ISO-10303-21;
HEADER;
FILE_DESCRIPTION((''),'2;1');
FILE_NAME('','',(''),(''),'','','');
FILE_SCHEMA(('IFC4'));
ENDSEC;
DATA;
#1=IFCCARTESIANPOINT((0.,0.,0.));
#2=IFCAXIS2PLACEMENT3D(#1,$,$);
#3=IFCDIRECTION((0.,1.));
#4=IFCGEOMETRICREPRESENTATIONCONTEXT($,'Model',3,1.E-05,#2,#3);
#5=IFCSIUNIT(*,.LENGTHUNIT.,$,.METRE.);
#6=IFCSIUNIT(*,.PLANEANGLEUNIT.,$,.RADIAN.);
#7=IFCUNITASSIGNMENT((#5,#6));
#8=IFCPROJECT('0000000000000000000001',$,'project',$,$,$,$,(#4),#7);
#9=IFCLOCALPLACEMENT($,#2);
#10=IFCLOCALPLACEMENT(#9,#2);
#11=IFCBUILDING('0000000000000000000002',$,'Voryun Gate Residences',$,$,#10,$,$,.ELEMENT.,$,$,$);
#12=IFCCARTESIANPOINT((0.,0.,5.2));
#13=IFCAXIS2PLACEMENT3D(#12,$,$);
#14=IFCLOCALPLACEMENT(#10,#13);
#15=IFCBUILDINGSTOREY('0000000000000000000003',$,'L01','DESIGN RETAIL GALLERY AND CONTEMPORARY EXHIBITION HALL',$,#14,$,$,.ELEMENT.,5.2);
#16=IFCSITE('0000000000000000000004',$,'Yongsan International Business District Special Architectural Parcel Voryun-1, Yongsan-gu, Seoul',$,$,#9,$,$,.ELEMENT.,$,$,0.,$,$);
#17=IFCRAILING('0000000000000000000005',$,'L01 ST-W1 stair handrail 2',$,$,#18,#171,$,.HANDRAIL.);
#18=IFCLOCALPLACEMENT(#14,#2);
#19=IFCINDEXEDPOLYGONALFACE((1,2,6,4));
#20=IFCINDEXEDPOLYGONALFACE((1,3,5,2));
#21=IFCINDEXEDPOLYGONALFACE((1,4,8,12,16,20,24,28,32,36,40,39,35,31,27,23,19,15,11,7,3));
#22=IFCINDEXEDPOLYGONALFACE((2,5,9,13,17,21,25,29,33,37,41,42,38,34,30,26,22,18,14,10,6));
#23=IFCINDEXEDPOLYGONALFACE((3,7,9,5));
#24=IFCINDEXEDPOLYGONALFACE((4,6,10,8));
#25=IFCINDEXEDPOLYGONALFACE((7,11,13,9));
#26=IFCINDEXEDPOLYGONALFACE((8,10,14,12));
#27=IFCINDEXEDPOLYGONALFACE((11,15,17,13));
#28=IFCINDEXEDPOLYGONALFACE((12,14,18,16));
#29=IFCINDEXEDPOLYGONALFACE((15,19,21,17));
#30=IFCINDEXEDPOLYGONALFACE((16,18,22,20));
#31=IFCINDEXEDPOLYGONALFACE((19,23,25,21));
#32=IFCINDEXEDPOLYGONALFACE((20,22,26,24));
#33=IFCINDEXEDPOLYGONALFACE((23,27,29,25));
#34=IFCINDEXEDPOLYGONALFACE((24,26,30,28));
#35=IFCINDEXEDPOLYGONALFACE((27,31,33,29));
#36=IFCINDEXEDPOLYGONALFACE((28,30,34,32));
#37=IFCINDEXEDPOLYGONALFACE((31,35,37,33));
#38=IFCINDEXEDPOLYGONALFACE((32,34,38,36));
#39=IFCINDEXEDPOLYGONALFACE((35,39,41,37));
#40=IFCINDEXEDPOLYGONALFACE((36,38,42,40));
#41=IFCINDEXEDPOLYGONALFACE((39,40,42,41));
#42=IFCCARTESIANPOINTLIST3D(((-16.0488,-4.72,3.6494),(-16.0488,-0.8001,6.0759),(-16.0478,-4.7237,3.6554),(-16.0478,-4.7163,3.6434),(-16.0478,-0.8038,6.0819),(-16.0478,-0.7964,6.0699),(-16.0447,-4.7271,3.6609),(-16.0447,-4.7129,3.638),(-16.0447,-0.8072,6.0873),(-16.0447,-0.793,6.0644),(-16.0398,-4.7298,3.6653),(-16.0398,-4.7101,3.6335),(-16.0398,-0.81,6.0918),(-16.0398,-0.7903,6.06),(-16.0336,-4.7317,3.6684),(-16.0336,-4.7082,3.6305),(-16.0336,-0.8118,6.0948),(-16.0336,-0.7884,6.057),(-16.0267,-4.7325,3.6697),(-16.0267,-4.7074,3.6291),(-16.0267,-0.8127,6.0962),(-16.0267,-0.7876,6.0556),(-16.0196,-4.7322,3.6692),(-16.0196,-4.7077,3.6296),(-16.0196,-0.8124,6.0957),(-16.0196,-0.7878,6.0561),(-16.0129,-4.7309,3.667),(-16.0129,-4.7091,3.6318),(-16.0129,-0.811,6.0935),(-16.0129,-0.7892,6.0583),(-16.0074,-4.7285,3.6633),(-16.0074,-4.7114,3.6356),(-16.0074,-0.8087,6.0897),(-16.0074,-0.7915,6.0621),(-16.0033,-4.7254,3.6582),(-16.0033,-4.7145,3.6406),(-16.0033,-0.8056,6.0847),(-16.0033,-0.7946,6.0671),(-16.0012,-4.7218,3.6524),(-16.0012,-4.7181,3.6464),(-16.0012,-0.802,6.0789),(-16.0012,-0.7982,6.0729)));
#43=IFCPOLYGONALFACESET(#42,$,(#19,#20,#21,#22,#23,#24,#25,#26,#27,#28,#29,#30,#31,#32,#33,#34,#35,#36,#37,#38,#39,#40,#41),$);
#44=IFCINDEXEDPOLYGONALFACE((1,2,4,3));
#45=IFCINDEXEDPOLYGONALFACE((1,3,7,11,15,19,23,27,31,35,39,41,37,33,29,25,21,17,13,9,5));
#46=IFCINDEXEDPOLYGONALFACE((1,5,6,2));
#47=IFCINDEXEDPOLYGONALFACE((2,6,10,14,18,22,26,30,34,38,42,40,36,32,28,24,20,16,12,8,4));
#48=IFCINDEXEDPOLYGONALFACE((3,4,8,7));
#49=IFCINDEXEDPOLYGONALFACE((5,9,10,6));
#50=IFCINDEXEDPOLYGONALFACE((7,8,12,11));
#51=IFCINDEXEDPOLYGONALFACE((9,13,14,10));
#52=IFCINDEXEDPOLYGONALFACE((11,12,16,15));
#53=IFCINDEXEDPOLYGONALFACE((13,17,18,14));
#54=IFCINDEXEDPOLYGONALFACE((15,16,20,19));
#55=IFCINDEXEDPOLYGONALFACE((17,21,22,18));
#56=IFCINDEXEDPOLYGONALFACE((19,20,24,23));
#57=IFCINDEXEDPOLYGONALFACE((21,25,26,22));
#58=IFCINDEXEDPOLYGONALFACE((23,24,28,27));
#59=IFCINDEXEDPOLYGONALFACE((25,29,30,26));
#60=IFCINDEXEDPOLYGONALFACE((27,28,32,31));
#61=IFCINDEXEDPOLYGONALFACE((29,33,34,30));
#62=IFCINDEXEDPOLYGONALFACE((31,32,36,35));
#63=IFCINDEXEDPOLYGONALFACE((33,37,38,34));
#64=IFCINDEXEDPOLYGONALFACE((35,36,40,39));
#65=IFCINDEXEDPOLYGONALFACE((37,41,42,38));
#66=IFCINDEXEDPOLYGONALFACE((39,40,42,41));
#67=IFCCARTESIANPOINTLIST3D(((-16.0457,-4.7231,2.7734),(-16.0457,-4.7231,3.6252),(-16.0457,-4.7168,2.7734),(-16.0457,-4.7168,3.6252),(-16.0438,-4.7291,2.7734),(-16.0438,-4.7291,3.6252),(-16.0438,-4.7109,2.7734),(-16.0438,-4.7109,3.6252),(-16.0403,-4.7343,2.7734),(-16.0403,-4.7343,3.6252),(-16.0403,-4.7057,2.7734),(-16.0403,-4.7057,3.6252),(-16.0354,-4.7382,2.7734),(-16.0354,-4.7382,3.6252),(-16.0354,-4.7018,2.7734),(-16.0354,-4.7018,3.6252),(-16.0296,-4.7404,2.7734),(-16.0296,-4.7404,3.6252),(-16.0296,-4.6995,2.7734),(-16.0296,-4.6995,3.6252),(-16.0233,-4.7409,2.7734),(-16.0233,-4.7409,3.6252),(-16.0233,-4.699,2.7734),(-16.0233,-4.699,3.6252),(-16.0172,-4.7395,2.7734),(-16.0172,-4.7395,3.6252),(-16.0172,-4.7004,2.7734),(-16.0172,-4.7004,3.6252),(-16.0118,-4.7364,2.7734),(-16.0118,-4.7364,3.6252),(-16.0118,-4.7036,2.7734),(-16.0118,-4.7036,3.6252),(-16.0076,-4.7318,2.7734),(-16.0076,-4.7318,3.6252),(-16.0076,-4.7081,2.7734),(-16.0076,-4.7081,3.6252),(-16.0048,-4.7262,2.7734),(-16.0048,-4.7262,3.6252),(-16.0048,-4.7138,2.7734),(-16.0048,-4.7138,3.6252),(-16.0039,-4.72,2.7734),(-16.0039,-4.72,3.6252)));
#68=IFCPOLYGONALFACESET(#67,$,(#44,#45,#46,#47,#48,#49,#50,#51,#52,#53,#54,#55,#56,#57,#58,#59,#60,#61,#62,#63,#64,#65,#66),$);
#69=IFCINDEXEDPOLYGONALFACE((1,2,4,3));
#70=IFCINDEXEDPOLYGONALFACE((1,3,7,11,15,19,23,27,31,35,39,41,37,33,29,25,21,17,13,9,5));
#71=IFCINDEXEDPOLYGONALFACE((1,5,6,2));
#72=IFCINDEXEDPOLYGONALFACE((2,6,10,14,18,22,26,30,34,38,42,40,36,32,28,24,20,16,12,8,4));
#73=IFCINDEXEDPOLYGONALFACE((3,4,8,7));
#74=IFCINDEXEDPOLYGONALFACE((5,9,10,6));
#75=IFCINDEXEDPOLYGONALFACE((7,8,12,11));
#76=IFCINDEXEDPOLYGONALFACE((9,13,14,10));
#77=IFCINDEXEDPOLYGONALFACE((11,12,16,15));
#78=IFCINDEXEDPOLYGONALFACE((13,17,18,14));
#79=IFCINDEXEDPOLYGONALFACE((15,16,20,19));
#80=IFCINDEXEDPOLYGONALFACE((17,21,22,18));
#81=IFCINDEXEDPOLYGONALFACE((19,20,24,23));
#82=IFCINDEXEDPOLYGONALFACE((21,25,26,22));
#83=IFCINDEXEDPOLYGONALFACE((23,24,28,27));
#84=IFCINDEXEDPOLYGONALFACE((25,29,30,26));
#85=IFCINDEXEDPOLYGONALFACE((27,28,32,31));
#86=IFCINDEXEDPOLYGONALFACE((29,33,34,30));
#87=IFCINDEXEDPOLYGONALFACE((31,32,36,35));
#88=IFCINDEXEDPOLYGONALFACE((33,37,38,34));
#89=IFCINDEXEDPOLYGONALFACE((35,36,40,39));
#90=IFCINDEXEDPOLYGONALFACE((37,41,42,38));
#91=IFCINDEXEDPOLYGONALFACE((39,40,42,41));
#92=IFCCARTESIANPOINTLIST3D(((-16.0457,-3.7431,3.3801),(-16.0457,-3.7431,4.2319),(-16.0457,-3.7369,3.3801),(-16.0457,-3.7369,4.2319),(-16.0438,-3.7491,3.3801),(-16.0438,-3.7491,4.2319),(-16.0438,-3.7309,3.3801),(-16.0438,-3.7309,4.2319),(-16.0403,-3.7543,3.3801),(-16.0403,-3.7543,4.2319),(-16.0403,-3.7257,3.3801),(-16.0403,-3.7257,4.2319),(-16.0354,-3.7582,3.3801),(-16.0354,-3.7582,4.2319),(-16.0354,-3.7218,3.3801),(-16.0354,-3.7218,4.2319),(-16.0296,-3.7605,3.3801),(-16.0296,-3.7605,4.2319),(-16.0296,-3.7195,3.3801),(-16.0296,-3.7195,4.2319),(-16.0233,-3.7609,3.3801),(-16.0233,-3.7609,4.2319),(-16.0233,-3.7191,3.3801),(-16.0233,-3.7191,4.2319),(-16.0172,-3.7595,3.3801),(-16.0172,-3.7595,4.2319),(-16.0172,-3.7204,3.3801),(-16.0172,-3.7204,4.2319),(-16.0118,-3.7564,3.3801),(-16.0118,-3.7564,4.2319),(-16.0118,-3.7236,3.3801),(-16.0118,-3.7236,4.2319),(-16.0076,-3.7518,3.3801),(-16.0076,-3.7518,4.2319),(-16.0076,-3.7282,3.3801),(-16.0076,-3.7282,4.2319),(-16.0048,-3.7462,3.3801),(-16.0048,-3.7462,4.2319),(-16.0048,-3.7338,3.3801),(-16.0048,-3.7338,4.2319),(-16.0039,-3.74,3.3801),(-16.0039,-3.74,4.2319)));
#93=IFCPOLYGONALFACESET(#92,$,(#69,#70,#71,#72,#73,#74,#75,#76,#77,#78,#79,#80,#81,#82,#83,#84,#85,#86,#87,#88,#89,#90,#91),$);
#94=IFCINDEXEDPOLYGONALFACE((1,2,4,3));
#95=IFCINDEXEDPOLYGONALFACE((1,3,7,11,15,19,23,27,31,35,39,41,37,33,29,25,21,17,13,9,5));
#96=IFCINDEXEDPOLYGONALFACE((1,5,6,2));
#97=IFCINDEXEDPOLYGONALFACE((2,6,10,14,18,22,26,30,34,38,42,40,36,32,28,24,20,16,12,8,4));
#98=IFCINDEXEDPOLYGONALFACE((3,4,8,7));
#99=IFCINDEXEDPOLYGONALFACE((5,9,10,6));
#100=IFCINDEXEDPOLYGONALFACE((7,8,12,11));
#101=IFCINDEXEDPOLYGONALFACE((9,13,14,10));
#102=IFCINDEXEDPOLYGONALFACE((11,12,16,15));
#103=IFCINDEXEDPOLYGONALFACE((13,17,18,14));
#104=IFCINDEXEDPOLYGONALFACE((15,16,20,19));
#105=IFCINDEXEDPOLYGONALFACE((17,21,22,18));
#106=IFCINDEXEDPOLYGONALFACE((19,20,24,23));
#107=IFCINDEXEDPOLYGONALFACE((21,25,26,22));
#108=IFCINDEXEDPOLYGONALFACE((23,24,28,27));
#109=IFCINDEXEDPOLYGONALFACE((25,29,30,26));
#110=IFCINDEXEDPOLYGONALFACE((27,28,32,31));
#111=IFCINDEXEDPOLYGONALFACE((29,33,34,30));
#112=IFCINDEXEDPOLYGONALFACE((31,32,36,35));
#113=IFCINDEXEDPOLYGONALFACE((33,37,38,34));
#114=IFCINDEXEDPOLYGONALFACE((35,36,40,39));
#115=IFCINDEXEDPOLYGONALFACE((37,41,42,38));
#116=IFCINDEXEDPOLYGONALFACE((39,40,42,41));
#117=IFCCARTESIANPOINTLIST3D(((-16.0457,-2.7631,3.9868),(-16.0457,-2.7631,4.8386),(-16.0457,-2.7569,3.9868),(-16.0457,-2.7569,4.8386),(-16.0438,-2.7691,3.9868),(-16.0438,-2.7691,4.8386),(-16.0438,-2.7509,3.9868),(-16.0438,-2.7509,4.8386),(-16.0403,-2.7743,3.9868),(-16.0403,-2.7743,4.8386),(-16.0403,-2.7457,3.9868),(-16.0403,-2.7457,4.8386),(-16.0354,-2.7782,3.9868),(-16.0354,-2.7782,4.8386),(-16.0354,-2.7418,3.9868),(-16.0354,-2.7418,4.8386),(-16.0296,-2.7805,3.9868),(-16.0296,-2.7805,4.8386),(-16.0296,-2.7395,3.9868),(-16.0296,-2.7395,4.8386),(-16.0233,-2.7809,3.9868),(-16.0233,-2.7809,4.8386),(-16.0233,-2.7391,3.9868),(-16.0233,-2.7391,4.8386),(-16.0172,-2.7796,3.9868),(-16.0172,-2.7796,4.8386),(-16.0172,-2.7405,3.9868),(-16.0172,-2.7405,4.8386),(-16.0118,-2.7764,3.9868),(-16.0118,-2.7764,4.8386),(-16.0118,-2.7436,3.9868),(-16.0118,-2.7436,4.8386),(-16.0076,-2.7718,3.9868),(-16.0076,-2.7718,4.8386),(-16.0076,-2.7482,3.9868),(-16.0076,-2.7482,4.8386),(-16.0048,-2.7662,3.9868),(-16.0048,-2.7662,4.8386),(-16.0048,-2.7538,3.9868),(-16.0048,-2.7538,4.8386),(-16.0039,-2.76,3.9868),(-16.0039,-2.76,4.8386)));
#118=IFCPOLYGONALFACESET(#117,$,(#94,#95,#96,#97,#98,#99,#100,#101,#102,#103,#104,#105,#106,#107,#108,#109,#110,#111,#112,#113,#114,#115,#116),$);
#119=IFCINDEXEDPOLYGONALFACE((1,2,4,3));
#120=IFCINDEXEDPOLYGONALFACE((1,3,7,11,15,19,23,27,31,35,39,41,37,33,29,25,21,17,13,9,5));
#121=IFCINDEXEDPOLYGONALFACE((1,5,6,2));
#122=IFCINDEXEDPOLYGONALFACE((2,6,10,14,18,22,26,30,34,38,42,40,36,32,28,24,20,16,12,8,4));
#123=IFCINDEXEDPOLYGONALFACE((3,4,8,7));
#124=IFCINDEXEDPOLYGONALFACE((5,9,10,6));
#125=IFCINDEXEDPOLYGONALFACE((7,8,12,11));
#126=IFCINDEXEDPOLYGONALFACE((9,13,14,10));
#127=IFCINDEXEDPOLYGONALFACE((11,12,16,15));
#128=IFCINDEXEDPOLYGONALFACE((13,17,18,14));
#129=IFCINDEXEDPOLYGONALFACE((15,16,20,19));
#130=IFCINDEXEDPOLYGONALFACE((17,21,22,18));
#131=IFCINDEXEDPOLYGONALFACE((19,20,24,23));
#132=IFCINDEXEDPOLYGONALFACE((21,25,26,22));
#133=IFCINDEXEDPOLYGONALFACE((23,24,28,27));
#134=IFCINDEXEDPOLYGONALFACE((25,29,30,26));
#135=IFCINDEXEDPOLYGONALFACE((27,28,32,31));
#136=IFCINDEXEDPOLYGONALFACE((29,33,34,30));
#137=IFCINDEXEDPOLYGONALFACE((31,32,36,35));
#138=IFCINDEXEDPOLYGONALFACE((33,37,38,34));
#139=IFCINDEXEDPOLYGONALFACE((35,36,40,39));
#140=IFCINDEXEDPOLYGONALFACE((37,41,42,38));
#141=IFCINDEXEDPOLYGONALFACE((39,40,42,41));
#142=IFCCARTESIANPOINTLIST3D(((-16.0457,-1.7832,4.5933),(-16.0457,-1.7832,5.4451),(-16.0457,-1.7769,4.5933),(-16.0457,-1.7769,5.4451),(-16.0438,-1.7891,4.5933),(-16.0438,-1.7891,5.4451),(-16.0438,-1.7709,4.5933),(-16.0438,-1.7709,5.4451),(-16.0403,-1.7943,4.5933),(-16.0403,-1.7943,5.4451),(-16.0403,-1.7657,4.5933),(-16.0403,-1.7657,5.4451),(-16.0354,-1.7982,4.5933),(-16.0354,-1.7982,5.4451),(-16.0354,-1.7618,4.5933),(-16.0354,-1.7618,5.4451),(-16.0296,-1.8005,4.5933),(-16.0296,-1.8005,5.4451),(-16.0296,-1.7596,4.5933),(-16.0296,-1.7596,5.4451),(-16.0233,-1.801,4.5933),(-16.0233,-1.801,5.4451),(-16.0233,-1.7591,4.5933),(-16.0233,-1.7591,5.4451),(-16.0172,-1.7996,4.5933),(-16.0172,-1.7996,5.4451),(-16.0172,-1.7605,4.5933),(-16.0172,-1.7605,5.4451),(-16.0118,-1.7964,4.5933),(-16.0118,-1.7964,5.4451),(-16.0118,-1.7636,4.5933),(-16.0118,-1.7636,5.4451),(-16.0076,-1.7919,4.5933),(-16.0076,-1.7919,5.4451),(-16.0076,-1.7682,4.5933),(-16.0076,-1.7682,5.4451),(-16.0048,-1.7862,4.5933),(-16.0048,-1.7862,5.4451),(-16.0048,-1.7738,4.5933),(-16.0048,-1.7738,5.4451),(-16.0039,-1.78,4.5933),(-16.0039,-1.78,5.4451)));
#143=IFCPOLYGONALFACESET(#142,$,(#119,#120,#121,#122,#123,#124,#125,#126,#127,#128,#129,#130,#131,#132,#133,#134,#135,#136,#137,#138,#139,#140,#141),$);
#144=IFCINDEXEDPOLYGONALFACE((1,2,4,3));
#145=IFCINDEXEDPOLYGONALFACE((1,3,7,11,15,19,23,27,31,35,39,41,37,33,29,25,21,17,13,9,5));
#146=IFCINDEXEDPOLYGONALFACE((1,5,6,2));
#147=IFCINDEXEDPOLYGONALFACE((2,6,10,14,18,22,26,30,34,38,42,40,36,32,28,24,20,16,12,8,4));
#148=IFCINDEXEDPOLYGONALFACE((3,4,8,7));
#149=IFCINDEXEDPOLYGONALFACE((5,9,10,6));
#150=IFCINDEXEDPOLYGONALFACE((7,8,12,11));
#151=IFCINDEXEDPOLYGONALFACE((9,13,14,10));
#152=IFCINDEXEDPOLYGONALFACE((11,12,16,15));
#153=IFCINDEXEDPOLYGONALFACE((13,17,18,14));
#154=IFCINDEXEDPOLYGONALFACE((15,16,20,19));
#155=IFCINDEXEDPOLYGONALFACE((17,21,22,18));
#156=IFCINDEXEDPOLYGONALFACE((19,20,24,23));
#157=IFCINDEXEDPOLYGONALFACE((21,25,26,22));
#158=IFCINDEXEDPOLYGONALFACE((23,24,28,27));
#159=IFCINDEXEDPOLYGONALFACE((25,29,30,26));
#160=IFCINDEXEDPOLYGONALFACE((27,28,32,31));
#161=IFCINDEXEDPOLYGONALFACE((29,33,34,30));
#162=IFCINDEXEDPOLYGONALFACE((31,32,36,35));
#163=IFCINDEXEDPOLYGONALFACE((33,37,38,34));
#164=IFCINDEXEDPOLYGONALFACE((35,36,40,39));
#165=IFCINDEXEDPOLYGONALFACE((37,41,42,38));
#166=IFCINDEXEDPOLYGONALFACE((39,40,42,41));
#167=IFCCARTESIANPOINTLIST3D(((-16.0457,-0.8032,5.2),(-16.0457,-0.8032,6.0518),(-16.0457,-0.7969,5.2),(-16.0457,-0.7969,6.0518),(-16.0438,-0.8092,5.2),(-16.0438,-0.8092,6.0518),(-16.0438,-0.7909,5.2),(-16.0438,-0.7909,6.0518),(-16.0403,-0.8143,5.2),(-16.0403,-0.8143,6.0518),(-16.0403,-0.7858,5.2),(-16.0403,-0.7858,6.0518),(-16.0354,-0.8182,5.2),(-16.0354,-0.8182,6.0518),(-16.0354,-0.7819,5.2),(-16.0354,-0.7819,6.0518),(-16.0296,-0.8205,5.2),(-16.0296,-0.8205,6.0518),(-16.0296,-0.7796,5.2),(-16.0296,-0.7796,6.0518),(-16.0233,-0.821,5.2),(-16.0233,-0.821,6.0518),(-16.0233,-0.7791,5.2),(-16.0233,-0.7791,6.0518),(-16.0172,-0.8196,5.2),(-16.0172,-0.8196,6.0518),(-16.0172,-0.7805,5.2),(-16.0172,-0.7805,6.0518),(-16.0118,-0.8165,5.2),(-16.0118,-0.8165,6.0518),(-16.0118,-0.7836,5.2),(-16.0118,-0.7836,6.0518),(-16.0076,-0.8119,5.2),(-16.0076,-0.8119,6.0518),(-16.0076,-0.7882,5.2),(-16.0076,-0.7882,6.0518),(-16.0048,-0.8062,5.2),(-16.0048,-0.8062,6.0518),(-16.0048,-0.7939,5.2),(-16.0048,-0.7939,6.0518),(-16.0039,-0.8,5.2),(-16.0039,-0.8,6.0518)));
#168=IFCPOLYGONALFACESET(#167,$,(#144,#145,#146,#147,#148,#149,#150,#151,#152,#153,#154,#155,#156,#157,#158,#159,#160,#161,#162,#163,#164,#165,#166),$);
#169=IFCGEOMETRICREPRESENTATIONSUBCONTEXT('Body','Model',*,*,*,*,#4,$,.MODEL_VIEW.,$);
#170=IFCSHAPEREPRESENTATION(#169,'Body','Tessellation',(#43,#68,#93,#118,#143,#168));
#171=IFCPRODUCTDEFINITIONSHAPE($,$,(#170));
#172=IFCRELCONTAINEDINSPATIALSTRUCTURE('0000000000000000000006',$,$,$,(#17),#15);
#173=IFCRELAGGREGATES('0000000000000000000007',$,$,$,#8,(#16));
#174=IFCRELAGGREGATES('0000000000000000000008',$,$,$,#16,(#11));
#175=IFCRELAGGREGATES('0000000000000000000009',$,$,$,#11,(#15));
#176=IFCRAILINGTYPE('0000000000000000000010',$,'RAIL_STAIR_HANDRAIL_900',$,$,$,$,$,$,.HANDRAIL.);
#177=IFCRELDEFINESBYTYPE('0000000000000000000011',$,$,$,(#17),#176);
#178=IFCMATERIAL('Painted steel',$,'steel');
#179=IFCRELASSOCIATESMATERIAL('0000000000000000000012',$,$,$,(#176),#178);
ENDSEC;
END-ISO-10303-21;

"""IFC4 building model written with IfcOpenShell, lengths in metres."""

from ifc_helpers import new_model, si_unit, direction, frame, origin, origin_2d, place, context, subcontext, project, spatial, circle, extrude, material, type_object, element, save


model = new_model("IFC4")

# Units and contexts
model_context = context("Model", 3, precision=1e-05, world=origin(), true_north=direction((0.0, 1.0)))
body_context = subcontext(model_context, "Body", "Model", "MODEL_VIEW")
ifc_project = project(units=[si_unit("LENGTHUNIT", "METRE"), si_unit("PLANEANGLEUNIT", "RADIAN")], contexts=[model_context])

# Site, building, storey
site_placement = place(None, origin())
site = spatial("IfcSite", under=ifc_project, at=site_placement, Name="Yongsan International Business District Special Architectural Parcel Voryun-1, Yongsan-gu, Seoul", CompositionType="ELEMENT", RefElevation=0.0)
building_placement = place(site_placement, origin())
building = spatial("IfcBuilding", under=site, at=building_placement, Name="Voryun Gate Residences", CompositionType="ELEMENT")
storey_placement = place(building_placement, frame((0.0, 0.0, 5.2)))
storey = spatial("IfcBuildingStorey", under=building, at=storey_placement, Name="L01", Description="DESIGN RETAIL GALLERY AND CONTEMPORARY EXHIBITION HALL", CompositionType="ELEMENT", Elevation=5.2)

# Railing
ifc_material_1 = material(Name="Painted steel", Category="steel")
railing_type_1 = type_object("IfcRailingType", Name="RAIL_STAIR_HANDRAIL_900", PredefinedType="HANDRAIL", material=ifc_material_1)
railing_1_placement = place(storey_placement, frame((-16.0249, -4.72, 2.7734)))
element("IfcRailing", 1, at=railing_1_placement, inside=storey, type_object=railing_type_1, Name="L01 ST-W1 stair handrail 2", PredefinedType="HANDRAIL", context=body_context, shape_type="SweptSolid", body=[
    extrude(circle(Radius=0.0239, at=origin_2d()), frame((0.0, 0.0, 0.876), z_axis=(0.0, 0.850275, 0.526338), x_axis=(-1.0, 0.0, 0.0)), (0.0, 0.0, 1.0), 4.6101),
    extrude(circle(Radius=0.021, at=origin_2d()), origin(), (0.0, 0.0, 1.0), 0.8518),
    extrude(circle(Radius=0.021, at=origin_2d()), frame((0.0, 0.98, 0.6067)), (0.0, 0.0, 1.0), 0.8518),
    extrude(circle(Radius=0.021, at=origin_2d()), frame((0.0, 1.96, 1.2134)), (0.0, 0.0, 1.0), 0.8518),
    extrude(circle(Radius=0.021, at=origin_2d()), frame((0.0, 2.9399, 1.8198)), (0.0, 0.0, 1.0), 0.8518),
    extrude(circle(Radius=0.021, at=origin_2d()), frame((0.0, 3.9199, 2.4265)), (0.0, 0.0, 1.0), 0.8518),
])

save(model, "model.ifc")
